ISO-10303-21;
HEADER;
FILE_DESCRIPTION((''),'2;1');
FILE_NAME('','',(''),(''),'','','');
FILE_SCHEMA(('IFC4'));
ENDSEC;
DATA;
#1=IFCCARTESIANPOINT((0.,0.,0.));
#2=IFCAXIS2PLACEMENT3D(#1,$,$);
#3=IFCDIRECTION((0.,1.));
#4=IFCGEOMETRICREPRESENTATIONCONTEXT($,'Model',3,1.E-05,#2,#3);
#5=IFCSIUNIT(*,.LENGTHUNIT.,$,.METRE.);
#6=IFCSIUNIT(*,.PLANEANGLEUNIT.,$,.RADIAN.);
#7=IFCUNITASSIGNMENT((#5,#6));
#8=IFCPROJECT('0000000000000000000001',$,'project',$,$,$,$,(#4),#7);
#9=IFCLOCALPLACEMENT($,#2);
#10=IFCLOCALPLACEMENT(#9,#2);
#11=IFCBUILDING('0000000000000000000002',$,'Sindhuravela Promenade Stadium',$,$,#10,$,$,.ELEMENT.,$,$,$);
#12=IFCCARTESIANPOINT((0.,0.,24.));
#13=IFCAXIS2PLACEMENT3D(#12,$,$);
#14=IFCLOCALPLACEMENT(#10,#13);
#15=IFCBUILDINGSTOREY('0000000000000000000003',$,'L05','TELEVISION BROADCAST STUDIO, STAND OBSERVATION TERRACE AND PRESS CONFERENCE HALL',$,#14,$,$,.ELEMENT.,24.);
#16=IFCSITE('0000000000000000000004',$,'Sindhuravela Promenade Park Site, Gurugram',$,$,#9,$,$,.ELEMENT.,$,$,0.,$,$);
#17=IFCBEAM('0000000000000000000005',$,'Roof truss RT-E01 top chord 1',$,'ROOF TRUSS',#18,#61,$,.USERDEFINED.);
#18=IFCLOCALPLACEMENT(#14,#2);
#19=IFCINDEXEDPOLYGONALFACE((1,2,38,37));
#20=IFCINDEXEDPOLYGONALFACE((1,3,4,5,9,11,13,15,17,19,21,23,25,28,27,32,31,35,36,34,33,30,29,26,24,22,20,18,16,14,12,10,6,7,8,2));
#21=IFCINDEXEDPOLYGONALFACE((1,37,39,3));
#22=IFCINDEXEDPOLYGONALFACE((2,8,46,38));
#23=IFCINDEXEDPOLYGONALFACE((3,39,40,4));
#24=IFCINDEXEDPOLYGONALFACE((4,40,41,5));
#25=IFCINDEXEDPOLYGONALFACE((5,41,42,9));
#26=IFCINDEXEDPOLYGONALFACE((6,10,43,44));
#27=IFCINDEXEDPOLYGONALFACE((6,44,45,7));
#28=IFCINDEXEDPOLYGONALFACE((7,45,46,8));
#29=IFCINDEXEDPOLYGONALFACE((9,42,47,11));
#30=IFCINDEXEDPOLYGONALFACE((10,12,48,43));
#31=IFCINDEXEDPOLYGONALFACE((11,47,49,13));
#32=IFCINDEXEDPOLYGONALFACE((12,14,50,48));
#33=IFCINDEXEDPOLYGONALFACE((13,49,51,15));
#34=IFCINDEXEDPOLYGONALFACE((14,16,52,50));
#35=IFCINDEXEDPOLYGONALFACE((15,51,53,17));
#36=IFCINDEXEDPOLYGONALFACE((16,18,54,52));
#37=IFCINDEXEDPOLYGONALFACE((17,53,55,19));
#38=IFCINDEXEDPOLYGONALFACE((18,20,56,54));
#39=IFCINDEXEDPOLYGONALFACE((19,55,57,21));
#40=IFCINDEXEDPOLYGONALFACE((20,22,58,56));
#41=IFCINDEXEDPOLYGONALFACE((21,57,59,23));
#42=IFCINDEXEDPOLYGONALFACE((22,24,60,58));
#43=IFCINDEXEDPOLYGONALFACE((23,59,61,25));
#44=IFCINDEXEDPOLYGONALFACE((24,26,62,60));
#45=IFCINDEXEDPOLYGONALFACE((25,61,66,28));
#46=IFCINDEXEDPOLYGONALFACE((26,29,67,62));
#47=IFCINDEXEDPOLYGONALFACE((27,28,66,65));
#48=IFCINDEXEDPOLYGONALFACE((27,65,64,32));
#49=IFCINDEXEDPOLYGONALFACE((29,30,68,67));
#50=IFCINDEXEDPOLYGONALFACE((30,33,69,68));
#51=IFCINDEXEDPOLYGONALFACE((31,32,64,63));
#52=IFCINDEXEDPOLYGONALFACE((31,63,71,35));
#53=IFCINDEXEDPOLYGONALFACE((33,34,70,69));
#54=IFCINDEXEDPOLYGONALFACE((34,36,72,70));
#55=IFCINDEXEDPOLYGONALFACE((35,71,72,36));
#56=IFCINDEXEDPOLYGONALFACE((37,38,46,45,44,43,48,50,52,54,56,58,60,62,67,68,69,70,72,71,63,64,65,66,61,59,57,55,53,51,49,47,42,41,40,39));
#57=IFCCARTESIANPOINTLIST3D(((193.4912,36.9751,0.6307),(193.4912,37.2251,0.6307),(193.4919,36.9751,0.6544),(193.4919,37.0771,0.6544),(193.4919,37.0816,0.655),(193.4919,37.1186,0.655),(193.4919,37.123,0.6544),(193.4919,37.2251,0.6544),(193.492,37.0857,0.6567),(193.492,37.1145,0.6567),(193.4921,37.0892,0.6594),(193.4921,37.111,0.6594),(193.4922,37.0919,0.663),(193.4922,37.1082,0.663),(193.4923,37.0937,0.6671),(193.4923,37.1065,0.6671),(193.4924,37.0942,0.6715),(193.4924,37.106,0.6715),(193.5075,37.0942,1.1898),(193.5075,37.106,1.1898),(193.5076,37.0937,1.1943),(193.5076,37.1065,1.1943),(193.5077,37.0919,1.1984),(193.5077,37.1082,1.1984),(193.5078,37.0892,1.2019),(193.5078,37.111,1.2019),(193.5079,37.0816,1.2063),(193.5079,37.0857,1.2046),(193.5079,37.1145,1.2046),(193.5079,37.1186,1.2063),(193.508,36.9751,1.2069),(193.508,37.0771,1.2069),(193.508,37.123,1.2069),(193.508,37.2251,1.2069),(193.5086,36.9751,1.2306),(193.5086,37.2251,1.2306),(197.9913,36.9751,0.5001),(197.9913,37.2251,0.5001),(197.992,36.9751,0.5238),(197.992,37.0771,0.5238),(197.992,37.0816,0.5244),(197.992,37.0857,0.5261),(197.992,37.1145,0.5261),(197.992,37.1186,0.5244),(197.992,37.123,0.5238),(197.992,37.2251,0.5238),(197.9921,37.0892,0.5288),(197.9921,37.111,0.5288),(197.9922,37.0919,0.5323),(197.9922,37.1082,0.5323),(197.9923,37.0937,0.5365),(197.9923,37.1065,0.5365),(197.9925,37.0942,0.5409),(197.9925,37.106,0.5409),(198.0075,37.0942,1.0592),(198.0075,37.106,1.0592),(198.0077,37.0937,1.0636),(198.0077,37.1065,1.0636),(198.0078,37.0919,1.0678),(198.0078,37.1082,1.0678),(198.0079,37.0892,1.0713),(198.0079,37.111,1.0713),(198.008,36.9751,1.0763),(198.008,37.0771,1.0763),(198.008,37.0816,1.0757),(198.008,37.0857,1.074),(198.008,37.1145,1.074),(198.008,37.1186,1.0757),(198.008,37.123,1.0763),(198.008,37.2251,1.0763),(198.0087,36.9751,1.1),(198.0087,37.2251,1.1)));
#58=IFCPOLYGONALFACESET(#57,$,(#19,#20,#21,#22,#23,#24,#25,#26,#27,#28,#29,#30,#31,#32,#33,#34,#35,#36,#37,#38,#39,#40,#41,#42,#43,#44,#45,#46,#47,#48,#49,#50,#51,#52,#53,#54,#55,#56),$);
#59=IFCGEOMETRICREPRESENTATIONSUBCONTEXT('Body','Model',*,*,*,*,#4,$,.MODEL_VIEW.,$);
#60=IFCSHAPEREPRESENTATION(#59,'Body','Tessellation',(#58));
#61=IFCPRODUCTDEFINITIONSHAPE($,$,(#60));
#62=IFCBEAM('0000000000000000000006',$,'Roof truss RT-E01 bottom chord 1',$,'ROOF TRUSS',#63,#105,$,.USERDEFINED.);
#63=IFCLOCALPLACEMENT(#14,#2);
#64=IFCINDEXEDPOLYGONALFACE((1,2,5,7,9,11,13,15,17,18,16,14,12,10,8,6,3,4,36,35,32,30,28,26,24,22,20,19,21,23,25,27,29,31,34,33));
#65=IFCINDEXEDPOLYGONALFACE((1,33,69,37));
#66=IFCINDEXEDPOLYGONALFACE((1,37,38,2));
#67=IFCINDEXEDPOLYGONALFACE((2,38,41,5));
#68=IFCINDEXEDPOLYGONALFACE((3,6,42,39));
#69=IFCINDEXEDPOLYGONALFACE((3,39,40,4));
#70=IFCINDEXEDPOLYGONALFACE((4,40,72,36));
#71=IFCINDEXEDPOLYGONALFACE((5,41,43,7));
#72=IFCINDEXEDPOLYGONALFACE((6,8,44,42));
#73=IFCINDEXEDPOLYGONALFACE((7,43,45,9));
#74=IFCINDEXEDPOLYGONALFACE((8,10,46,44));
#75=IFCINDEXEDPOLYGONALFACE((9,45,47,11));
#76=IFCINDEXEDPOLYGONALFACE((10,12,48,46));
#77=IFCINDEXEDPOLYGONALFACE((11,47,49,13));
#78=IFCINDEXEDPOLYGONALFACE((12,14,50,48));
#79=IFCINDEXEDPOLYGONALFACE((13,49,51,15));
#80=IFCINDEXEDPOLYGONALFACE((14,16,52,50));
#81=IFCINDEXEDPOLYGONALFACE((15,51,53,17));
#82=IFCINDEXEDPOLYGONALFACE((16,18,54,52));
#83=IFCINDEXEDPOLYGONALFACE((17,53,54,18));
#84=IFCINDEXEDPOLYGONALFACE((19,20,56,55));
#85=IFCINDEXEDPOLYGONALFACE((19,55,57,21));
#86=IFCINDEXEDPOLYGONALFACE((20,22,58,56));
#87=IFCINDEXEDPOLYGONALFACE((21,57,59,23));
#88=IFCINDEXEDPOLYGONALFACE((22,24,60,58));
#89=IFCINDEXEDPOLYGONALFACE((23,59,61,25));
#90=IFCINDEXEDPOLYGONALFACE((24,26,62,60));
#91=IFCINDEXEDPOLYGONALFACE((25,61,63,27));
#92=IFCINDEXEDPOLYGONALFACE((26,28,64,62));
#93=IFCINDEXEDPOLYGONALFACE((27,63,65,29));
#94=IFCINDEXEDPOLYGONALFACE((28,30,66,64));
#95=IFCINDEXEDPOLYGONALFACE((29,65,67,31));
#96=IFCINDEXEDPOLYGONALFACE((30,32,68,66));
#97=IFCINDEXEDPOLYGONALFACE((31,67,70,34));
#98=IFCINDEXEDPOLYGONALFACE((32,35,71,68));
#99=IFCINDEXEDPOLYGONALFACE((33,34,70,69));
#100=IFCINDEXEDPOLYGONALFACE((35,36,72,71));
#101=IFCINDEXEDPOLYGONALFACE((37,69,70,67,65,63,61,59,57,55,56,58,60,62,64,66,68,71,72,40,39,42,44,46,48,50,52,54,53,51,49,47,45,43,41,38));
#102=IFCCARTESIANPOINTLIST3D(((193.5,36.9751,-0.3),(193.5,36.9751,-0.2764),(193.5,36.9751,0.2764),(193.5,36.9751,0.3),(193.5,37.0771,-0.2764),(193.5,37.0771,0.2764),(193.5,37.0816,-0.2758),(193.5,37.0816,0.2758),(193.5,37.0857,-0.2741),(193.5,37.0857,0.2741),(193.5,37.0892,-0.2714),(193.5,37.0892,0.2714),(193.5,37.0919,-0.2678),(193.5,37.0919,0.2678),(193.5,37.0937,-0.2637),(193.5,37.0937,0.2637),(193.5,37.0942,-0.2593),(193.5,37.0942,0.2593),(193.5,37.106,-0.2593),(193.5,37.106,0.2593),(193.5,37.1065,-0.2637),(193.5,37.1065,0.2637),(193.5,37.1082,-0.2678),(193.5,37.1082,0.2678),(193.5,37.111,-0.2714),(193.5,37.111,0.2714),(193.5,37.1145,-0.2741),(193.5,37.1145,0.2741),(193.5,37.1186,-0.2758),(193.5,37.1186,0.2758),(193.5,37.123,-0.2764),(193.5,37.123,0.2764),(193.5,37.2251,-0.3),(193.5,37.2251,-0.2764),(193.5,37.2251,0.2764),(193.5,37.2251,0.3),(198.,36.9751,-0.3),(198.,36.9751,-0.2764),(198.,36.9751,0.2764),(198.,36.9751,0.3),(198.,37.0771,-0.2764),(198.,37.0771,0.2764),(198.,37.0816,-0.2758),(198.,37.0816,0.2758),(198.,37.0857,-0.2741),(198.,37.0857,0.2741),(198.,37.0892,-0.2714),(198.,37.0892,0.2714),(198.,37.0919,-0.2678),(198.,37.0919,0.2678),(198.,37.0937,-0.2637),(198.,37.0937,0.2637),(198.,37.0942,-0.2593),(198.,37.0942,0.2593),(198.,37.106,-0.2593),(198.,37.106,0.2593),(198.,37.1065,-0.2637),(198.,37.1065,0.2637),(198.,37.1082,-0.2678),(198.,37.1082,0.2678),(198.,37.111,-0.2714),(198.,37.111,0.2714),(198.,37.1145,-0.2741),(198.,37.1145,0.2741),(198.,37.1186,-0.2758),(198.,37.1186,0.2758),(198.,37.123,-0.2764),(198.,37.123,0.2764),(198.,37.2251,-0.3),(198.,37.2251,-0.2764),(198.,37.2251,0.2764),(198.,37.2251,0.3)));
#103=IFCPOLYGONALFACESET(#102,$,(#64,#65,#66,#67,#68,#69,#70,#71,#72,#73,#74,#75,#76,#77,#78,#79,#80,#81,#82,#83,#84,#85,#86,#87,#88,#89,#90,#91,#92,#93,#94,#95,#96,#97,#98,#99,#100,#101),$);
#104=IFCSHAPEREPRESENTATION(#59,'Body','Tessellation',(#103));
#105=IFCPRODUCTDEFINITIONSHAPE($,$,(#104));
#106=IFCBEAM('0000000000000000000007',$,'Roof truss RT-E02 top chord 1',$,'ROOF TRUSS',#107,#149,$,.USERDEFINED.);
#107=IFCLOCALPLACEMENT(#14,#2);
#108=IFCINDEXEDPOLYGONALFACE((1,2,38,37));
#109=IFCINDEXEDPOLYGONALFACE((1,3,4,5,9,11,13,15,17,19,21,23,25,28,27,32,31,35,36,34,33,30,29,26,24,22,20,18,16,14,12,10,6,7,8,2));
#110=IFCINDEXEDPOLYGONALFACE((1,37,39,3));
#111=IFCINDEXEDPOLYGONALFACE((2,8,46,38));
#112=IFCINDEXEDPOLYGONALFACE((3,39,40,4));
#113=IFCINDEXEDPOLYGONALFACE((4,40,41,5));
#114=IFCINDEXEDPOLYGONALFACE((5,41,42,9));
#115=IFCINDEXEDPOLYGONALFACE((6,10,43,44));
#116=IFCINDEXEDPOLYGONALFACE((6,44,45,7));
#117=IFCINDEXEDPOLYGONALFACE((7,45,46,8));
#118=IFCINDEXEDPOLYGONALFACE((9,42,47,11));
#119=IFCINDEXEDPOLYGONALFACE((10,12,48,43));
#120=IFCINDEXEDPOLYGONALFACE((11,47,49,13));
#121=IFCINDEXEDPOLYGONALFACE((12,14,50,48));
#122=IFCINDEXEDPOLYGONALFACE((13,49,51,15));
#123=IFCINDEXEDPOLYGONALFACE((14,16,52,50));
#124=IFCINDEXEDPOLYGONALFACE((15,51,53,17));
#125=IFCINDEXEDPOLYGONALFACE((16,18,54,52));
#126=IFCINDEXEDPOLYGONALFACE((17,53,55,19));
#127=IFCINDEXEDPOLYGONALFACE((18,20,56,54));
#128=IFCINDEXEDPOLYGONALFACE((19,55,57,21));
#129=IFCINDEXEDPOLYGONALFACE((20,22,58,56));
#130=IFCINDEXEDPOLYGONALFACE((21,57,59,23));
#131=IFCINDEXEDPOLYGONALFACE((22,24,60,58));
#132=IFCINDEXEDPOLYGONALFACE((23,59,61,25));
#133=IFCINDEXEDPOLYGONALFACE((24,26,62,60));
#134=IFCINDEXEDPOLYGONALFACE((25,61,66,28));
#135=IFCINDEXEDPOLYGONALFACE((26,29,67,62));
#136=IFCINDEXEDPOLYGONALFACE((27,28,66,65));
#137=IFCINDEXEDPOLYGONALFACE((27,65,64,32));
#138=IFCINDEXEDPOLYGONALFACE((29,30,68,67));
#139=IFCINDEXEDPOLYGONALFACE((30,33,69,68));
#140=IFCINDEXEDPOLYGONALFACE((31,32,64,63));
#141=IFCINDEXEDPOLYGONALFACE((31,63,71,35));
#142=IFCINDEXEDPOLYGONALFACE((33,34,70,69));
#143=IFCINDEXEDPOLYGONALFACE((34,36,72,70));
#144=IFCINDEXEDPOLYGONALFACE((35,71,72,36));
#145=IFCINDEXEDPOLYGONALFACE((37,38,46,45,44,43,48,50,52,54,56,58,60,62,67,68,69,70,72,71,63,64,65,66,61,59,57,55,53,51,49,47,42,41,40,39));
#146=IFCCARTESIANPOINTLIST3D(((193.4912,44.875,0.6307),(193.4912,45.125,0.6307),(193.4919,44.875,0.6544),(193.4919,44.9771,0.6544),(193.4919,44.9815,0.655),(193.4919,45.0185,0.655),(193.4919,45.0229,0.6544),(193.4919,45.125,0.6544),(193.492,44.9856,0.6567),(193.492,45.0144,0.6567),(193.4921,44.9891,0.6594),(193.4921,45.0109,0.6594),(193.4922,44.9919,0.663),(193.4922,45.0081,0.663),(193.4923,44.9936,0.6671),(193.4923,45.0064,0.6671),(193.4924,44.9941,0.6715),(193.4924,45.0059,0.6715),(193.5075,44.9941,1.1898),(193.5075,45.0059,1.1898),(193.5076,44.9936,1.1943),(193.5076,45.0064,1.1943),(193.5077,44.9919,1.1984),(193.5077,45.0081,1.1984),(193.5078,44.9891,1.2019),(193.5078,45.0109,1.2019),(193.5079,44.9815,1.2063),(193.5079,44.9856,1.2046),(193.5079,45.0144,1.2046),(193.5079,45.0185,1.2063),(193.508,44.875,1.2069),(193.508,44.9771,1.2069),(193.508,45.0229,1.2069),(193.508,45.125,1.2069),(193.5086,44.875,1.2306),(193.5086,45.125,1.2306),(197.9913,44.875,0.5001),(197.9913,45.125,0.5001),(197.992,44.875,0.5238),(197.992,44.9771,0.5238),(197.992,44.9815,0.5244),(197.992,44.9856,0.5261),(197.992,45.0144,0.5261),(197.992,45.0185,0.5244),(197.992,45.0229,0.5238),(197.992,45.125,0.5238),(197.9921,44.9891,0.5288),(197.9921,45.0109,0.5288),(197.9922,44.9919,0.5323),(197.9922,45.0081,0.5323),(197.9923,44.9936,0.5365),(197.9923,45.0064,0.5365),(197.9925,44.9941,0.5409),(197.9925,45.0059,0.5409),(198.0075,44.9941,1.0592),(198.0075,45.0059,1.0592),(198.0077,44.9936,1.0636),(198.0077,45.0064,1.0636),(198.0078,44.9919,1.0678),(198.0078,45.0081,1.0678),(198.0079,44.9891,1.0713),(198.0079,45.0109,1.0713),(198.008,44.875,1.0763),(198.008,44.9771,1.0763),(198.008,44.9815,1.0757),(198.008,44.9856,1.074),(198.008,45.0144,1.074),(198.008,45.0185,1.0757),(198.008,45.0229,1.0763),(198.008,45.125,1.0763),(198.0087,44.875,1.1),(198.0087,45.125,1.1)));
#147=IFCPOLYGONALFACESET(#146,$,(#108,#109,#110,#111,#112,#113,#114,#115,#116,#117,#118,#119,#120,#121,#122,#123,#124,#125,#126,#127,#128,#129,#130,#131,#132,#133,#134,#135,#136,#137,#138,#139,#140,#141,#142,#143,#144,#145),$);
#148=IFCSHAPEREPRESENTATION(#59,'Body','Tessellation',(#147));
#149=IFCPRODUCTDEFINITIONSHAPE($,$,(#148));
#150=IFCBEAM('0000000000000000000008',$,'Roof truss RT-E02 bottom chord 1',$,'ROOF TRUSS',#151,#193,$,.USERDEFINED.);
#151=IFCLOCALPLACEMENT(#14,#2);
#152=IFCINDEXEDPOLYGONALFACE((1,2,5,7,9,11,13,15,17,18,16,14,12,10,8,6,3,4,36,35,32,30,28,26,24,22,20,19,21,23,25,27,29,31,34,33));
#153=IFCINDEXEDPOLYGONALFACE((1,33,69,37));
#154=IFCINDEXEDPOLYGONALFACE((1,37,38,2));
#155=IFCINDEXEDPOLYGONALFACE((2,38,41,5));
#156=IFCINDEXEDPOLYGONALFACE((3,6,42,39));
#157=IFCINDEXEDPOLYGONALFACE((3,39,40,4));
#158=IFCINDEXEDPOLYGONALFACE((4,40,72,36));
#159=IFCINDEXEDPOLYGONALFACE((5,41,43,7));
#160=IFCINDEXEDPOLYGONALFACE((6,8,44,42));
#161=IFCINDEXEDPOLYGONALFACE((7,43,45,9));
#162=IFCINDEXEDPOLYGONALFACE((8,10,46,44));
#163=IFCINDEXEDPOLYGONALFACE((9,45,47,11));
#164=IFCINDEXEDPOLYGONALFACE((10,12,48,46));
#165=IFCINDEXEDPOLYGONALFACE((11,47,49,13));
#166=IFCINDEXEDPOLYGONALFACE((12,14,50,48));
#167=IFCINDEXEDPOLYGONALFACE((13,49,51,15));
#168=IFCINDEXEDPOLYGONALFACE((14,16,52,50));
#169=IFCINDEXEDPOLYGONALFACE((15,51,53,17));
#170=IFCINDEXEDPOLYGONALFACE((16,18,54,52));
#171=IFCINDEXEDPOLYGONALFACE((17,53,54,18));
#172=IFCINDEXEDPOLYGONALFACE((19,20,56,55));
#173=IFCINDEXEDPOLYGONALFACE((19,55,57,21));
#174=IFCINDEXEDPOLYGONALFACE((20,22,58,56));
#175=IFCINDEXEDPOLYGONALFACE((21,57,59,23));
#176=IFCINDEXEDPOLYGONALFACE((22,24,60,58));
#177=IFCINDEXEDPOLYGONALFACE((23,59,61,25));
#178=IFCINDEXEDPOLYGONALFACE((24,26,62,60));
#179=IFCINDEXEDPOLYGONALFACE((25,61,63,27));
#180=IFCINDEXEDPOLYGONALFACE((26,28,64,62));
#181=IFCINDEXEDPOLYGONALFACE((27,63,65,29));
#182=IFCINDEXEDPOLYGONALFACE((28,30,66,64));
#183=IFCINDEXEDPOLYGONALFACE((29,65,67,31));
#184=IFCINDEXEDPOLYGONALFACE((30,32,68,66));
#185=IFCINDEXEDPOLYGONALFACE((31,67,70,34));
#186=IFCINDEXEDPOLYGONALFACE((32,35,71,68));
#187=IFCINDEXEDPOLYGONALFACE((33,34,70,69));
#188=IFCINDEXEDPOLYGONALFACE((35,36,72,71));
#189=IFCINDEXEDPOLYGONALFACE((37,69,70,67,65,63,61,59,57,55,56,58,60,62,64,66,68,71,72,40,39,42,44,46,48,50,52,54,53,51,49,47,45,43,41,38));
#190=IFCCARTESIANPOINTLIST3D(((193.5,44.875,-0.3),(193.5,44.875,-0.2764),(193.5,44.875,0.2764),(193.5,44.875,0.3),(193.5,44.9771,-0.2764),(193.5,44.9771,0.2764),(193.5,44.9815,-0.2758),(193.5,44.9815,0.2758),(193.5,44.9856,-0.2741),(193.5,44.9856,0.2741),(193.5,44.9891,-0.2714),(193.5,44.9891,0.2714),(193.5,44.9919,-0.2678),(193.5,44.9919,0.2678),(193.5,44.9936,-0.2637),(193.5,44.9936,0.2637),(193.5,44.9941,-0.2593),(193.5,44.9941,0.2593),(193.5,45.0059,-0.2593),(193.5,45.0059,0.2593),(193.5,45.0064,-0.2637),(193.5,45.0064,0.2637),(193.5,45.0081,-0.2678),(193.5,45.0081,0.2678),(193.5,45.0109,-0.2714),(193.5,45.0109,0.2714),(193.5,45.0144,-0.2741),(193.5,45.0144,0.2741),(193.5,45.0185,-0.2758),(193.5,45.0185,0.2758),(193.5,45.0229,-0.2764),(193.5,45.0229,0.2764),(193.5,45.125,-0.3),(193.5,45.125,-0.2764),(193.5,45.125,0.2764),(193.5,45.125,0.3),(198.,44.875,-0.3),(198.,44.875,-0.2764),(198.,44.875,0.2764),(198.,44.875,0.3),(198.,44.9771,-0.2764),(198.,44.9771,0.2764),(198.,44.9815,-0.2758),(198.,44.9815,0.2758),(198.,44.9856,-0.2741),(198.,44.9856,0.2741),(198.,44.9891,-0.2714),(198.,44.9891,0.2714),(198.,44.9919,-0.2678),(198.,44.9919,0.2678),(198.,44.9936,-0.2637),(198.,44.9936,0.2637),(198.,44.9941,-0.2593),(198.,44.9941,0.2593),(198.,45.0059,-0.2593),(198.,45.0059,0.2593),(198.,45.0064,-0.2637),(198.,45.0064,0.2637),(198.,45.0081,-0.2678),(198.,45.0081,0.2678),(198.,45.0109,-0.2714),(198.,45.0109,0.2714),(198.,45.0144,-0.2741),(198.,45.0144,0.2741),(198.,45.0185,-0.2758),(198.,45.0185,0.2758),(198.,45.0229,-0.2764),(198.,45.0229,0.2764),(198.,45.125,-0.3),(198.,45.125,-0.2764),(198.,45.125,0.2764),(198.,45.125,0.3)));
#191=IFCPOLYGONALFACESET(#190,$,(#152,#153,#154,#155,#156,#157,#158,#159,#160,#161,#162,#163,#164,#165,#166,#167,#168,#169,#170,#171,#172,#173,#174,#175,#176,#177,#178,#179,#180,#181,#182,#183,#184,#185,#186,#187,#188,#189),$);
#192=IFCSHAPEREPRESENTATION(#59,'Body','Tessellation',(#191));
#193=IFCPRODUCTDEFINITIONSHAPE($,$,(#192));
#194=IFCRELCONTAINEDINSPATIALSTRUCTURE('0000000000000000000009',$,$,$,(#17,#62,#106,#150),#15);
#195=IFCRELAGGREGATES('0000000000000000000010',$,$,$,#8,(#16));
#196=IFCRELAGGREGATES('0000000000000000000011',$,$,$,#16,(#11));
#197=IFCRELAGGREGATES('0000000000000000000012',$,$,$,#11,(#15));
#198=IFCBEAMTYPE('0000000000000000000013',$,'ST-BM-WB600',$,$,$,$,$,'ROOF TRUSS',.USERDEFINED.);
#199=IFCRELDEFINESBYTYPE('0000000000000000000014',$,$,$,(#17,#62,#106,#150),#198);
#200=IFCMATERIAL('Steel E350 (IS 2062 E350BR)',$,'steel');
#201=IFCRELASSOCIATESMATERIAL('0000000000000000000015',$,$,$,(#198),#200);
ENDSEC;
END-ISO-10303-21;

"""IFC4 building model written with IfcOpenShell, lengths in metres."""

from ifc_helpers import new_model, si_unit, direction, frame, origin, origin_2d, place, context, subcontext, project, spatial, i_section, extrude, material, material_profile, profile_set, type_object, element, save


model = new_model("IFC4")

# Units and contexts
model_context = context("Model", 3, precision=1e-05, world=origin(), true_north=direction((0.0, 1.0)))
body_context = subcontext(model_context, "Body", "Model", "MODEL_VIEW")
ifc_project = project(units=[si_unit("LENGTHUNIT", "METRE"), si_unit("PLANEANGLEUNIT", "RADIAN")], contexts=[model_context])

# Site, building, storey
site_placement = place(None, origin())
site = spatial("IfcSite", under=ifc_project, at=site_placement, Name="Sindhuravela Promenade Park Site, Gurugram", CompositionType="ELEMENT", RefElevation=0.0)
building_placement = place(site_placement, origin())
building = spatial("IfcBuilding", under=site, at=building_placement, Name="Sindhuravela Promenade Stadium", CompositionType="ELEMENT")
storey_placement = place(building_placement, frame((0.0, 0.0, 24.0)))
storey = spatial("IfcBuildingStorey", under=building, at=storey_placement, Name="L05", Description="TELEVISION BROADCAST STUDIO, STAND OBSERVATION TERRACE AND PRESS CONFERENCE HALL", CompositionType="ELEMENT", Elevation=24.0)

# Beams
ifc_material_1 = material(Name="Steel E350 (IS 2062 E350BR)", Category="steel")
ifc_material_profile_1 = material_profile(ifc_material_1, i_section(OverallWidth=0.25, OverallDepth=0.6001, WebThickness=0.0117, FlangeThickness=0.0237, FilletRadius=0.0171, at=origin_2d()), Name="ISWB 600")
ifc_profile_set_1 = profile_set([ifc_material_profile_1], Name="Steel E350 (IS 2062 E350BR)")
beam_type_1 = type_object("IfcBeamType", Name="ST-BM-WB600", ElementType="ROOF TRUSS", PredefinedType="USERDEFINED", material=ifc_profile_set_1)
beam_1_placement = place(storey_placement, frame((198.0, 37.1001, 0.8), z_axis=(-0.999579, 0.0, 0.029013), x_axis=(0.0, -1.0, 0.0)))
element("IfcBeam", 1, at=beam_1_placement, inside=storey, type_object=beam_type_1, Name="Roof truss RT-E01 top chord 1", ObjectType="ROOF TRUSS", PredefinedType="USERDEFINED", context=body_context, shape_type="SweptSolid", body=[
    extrude(i_section(OverallWidth=0.25, OverallDepth=0.6001, WebThickness=0.0117, FlangeThickness=0.0237, FilletRadius=0.0171, at=origin_2d()), origin(), (0.0, 0.0, 1.0), 4.502),
])
beam_2_placement = place(storey_placement, frame((198.0, 37.1001, 0.0), z_axis=(-1.0, 0.0, 0.0), x_axis=(0.0, -1.0, 0.0)))
element("IfcBeam", 2, at=beam_2_placement, inside=storey, type_object=beam_type_1, Name="Roof truss RT-E01 bottom chord 1", ObjectType="ROOF TRUSS", PredefinedType="USERDEFINED", context=body_context, shape_type="SweptSolid", body=[
    extrude(i_section(OverallWidth=0.25, OverallDepth=0.6001, WebThickness=0.0117, FlangeThickness=0.0237, FilletRadius=0.0171, at=origin_2d()), origin(), (0.0, 0.0, 1.0), 4.5),
])
beam_3_placement = place(storey_placement, frame((198.0, 45.0, 0.8), z_axis=(-0.999579, 0.0, 0.029013), x_axis=(0.0, -1.0, 0.0)))
element("IfcBeam", 3, at=beam_3_placement, inside=storey, type_object=beam_type_1, Name="Roof truss RT-E02 top chord 1", ObjectType="ROOF TRUSS", PredefinedType="USERDEFINED", context=body_context, shape_type="SweptSolid", body=[
    extrude(i_section(OverallWidth=0.25, OverallDepth=0.6001, WebThickness=0.0117, FlangeThickness=0.0237, FilletRadius=0.0171, at=origin_2d()), origin(), (0.0, 0.0, 1.0), 4.502),
])
beam_4_placement = place(storey_placement, frame((198.0, 45.0, 0.0), z_axis=(-1.0, 0.0, 0.0), x_axis=(0.0, -1.0, 0.0)))
element("IfcBeam", 4, at=beam_4_placement, inside=storey, type_object=beam_type_1, Name="Roof truss RT-E02 bottom chord 1", ObjectType="ROOF TRUSS", PredefinedType="USERDEFINED", context=body_context, shape_type="SweptSolid", body=[
    extrude(i_section(OverallWidth=0.25, OverallDepth=0.6001, WebThickness=0.0117, FlangeThickness=0.0237, FilletRadius=0.0171, at=origin_2d()), origin(), (0.0, 0.0, 1.0), 4.5),
])

save(model, "model.ifc")
